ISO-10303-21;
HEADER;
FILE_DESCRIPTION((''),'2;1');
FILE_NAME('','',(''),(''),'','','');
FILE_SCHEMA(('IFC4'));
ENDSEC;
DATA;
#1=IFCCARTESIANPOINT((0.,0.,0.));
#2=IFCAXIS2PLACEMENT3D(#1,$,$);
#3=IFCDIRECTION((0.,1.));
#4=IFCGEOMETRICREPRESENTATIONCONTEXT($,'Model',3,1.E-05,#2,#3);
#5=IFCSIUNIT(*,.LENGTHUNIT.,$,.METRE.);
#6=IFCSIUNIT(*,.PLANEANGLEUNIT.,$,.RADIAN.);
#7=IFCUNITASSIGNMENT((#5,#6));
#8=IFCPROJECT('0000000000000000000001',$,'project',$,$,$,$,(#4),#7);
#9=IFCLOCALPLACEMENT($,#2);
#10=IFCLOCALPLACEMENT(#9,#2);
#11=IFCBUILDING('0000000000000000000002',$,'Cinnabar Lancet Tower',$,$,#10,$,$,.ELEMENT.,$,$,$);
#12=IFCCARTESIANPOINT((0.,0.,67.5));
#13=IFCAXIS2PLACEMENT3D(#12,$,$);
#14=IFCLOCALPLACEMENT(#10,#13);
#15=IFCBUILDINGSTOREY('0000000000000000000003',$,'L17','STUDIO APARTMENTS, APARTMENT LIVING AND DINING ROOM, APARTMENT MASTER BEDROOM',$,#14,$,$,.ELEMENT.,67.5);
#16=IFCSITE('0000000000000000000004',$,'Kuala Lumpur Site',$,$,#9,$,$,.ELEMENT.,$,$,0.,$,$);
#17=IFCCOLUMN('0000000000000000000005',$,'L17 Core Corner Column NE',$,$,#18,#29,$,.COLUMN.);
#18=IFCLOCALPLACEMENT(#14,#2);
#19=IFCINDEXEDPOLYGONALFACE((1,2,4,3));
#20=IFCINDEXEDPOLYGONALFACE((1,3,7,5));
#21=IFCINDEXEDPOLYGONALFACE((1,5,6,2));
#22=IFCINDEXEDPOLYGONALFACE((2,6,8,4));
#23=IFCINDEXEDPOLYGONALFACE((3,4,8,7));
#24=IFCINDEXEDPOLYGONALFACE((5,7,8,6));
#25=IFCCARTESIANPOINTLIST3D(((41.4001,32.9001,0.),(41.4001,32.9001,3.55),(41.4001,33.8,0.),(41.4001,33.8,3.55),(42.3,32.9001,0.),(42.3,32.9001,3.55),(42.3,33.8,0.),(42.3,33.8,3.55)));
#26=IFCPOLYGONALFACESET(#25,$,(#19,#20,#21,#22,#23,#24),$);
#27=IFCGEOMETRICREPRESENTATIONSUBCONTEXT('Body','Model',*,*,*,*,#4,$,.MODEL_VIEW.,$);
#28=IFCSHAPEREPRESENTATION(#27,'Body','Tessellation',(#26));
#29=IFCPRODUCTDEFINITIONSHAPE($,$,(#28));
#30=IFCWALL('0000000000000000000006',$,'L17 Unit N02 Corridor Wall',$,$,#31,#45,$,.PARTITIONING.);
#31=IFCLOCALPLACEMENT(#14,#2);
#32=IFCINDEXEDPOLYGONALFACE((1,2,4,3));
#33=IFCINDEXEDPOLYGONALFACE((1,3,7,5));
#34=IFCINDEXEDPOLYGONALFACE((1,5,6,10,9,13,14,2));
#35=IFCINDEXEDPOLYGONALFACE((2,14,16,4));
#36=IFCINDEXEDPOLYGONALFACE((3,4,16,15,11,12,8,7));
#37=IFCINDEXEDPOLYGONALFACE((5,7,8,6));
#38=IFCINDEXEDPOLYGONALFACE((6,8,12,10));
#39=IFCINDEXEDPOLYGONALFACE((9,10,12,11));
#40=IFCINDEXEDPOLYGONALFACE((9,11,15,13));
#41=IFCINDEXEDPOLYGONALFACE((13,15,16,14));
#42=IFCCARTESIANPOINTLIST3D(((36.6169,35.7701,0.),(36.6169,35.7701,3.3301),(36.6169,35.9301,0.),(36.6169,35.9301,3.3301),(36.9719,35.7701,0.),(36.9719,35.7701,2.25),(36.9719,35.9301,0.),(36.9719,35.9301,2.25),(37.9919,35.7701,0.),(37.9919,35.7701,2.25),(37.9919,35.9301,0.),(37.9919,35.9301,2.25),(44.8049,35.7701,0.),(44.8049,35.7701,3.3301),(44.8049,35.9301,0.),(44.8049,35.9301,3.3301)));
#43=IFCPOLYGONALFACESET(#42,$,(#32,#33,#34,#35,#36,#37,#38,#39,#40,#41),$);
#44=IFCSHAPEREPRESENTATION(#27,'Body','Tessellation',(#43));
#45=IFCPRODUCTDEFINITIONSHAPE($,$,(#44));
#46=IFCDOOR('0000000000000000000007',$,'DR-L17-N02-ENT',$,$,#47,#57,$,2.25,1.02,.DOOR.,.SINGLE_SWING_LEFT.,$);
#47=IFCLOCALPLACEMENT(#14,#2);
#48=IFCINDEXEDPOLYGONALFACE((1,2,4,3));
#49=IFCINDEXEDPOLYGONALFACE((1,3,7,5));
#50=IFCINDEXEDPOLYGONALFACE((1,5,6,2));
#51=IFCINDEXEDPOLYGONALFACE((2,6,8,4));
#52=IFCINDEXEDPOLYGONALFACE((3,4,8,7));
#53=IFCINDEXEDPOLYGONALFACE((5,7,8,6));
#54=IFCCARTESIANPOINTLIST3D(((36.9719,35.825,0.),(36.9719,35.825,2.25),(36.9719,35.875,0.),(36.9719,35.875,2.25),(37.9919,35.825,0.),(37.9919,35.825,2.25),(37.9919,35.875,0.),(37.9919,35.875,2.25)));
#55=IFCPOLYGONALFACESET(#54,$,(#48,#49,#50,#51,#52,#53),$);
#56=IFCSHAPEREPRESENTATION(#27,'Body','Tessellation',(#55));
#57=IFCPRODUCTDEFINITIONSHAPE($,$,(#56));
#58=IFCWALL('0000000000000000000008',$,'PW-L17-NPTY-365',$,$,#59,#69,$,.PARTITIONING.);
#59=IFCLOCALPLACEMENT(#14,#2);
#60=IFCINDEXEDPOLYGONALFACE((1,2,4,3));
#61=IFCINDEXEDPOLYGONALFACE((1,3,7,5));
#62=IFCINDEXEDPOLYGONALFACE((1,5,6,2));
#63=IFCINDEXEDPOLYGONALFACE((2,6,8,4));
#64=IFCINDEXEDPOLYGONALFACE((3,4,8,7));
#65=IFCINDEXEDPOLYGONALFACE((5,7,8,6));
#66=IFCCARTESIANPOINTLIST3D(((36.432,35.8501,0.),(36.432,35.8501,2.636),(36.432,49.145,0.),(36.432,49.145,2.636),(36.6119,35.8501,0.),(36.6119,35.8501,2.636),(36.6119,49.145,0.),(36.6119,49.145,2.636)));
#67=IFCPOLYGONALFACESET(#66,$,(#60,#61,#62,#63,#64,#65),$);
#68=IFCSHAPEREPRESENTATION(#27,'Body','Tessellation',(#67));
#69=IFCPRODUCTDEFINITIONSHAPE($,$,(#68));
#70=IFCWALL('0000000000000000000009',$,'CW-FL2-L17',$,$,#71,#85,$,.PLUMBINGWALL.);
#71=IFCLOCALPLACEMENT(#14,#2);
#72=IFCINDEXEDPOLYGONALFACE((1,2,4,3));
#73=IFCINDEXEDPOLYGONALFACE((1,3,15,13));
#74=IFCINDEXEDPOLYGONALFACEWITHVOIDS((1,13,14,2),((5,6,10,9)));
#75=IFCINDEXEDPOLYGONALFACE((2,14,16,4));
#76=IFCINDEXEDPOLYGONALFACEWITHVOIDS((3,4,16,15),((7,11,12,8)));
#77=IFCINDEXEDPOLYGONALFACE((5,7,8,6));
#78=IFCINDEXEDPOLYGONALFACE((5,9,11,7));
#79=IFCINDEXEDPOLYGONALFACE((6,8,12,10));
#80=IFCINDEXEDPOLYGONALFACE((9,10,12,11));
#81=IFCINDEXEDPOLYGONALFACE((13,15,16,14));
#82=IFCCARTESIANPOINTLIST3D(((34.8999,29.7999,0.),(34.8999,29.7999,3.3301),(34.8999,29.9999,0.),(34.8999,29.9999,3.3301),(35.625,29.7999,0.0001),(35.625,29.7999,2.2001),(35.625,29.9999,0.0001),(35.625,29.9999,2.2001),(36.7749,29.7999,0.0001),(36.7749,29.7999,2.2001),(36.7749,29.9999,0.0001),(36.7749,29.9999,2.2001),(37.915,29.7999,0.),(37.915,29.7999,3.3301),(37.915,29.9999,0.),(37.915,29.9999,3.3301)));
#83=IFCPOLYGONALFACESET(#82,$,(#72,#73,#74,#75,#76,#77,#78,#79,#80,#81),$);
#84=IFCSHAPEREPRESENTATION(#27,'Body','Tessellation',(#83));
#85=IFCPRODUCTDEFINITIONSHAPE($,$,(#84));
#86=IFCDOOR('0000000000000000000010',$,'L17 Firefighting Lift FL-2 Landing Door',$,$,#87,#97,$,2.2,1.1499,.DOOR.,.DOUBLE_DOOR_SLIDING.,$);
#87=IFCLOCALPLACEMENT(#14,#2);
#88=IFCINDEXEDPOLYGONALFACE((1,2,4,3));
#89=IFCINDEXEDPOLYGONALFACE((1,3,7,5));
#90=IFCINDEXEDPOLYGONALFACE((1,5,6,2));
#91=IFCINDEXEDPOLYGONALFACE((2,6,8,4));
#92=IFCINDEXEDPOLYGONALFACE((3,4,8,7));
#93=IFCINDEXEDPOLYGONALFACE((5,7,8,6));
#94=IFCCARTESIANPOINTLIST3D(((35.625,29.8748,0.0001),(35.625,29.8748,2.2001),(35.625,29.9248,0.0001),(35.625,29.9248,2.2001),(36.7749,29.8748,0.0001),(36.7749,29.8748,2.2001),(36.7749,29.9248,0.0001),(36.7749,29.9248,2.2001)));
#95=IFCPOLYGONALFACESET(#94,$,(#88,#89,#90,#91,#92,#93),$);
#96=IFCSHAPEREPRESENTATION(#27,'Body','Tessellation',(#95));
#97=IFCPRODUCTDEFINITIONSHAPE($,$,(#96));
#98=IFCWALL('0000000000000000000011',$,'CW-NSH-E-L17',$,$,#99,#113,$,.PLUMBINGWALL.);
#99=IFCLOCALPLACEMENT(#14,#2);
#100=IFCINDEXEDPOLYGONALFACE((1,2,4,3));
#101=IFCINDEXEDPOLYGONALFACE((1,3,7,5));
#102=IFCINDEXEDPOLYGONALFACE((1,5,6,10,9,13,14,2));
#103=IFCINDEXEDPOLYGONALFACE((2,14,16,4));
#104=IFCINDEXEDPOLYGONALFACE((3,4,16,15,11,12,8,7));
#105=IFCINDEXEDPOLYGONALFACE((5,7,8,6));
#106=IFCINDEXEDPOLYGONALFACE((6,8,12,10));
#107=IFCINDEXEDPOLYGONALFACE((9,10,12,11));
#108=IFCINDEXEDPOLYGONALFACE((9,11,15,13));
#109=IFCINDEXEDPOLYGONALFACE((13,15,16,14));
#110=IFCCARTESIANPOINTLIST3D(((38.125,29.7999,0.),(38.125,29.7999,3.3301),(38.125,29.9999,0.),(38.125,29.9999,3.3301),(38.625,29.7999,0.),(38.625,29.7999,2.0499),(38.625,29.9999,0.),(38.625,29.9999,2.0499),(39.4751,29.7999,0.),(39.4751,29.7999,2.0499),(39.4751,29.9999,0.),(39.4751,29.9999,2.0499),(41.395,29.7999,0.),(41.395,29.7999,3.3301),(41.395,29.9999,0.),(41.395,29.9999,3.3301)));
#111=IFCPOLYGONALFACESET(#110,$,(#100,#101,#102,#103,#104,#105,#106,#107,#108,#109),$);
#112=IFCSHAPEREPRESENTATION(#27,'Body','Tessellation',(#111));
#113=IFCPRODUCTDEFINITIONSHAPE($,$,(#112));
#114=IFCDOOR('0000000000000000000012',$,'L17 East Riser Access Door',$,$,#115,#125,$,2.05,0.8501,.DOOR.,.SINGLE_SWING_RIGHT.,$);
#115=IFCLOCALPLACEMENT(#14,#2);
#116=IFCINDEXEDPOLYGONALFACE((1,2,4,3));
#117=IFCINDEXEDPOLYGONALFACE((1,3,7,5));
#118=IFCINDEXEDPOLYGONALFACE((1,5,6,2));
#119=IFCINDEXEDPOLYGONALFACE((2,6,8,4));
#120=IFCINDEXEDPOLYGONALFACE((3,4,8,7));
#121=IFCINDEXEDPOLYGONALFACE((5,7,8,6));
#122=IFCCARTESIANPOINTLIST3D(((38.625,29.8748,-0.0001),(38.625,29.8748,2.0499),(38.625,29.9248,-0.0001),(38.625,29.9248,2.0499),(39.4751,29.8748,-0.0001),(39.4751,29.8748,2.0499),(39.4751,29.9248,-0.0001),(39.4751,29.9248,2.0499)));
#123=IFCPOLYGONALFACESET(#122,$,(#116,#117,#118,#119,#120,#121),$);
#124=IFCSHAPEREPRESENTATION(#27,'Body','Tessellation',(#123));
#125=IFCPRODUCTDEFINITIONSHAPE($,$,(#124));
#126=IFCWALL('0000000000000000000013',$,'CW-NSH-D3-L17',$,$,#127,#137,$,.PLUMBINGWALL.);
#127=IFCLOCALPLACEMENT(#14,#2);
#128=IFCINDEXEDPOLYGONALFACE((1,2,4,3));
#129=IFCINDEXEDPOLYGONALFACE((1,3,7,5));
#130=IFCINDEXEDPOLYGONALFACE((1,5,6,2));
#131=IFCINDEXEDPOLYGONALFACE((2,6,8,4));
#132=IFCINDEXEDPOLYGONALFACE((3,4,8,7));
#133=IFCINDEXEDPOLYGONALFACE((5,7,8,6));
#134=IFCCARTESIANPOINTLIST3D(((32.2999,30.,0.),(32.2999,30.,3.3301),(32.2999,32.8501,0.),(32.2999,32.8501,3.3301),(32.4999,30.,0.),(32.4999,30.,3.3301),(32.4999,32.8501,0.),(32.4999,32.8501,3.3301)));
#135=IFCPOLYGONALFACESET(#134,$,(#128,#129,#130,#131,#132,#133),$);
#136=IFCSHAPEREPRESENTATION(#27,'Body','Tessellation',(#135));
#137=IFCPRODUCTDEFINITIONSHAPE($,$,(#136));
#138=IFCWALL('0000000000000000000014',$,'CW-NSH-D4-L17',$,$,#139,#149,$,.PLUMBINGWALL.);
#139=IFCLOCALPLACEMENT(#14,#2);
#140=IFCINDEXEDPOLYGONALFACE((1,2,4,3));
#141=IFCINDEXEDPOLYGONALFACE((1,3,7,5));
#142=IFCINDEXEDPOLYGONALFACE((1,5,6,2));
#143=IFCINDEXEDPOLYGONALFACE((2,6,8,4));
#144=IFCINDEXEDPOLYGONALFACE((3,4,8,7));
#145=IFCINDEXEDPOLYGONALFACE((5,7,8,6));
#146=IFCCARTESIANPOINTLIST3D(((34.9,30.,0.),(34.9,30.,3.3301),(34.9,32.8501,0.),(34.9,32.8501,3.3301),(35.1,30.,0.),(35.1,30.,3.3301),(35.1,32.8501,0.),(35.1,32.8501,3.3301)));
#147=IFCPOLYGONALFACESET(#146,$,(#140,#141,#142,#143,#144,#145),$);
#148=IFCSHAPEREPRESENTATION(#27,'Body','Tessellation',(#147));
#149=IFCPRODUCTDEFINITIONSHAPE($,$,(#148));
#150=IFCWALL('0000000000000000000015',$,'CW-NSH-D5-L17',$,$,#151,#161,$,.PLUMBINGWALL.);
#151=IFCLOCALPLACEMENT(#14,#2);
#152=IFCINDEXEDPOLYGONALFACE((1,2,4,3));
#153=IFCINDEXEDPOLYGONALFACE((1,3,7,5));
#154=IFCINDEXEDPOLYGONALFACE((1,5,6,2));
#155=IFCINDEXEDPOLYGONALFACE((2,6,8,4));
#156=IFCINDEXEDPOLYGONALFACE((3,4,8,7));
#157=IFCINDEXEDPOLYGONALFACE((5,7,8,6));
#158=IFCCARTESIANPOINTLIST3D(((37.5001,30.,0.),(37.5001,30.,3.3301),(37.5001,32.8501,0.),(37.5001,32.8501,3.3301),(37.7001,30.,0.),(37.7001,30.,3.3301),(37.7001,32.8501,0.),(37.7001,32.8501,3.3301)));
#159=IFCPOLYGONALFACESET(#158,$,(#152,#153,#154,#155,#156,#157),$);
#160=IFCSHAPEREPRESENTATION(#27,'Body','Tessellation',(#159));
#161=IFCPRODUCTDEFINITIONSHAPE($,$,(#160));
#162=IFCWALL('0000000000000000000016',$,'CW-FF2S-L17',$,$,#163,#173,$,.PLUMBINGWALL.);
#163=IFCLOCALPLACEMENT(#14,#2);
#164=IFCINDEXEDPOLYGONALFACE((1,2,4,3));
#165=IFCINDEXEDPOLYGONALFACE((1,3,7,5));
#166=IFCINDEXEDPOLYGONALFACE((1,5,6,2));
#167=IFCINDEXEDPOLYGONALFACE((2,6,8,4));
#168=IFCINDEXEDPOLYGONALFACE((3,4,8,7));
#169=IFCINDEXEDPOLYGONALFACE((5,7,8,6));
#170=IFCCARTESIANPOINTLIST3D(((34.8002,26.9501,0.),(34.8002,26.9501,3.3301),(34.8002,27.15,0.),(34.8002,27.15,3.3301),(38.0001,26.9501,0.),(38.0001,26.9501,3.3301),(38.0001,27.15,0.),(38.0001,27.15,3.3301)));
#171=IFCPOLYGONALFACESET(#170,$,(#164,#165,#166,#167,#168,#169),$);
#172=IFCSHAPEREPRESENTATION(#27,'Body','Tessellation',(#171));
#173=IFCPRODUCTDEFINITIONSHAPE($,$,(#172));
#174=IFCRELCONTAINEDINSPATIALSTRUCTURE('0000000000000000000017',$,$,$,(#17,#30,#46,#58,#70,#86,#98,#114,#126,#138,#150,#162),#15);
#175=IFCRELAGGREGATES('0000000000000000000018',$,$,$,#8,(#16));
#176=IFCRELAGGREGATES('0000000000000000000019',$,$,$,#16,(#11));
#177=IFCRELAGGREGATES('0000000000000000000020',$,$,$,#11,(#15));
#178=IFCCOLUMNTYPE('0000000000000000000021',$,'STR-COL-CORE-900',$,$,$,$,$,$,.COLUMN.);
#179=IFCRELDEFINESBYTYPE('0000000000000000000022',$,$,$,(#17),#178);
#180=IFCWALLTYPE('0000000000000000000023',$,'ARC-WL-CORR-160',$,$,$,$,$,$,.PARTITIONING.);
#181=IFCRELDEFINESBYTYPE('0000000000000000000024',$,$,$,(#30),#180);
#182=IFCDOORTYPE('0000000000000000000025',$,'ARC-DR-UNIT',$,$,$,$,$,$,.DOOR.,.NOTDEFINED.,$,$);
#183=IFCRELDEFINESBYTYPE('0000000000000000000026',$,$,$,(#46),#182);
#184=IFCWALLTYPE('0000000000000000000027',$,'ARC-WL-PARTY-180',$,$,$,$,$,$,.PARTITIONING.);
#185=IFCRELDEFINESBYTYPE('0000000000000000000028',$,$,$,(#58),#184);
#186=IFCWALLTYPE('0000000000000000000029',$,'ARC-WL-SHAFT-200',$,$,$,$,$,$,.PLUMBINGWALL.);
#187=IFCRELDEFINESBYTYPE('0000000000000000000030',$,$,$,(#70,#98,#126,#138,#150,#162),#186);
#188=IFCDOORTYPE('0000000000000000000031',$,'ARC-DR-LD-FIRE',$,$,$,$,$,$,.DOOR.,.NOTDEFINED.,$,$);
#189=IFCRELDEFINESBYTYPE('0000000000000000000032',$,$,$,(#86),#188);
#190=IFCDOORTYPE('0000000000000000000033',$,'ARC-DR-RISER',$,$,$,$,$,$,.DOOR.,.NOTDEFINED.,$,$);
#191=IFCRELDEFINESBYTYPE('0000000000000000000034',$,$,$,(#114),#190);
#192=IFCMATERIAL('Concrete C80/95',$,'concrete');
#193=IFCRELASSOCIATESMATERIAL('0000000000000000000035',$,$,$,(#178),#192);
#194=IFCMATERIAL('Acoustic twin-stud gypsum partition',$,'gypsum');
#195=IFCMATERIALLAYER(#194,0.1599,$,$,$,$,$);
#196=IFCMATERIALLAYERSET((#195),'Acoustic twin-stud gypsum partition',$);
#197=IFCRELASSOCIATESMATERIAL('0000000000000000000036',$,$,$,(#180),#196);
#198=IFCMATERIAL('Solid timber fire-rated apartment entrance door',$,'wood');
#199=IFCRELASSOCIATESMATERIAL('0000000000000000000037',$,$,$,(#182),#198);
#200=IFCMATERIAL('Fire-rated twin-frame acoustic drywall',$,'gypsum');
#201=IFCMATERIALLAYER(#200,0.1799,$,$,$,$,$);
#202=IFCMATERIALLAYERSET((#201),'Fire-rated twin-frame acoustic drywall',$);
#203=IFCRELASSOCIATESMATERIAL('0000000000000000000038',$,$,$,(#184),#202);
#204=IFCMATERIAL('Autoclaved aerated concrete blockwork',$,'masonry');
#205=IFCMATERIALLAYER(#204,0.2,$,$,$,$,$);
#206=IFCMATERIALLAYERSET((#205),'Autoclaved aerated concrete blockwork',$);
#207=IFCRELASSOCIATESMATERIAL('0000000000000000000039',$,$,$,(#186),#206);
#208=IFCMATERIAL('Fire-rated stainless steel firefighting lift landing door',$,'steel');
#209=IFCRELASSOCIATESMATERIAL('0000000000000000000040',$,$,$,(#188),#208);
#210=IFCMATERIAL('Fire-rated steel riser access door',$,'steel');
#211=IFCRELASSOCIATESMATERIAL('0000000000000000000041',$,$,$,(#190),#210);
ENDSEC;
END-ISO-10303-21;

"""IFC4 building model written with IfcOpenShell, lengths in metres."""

from ifc_helpers import new_model, si_unit, direction, frame, frame_2d, origin, origin_2d, place, context, subcontext, project, spatial, rectangle, extrude, material, layer, layer_set, material_profile, profile_set, type_object, element, fill, save


model = new_model("IFC4")

# Units and contexts
model_context = context("Model", 3, precision=1e-05, world=origin(), true_north=direction((0.0, 1.0)))
body_context = subcontext(model_context, "Body", "Model", "MODEL_VIEW")
ifc_project = project(units=[si_unit("LENGTHUNIT", "METRE"), si_unit("PLANEANGLEUNIT", "RADIAN")], contexts=[model_context])

# Site, building, storey
site_placement = place(None, origin())
site = spatial("IfcSite", under=ifc_project, at=site_placement, Name="Kuala Lumpur Site", CompositionType="ELEMENT", RefElevation=0.0)
building_placement = place(site_placement, origin())
building = spatial("IfcBuilding", under=site, at=building_placement, Name="Cinnabar Lancet Tower", CompositionType="ELEMENT")
storey_placement = place(building_placement, frame((0.0, 0.0, 67.5)))
storey = spatial("IfcBuildingStorey", under=building, at=storey_placement, Name="L17", Description="STUDIO APARTMENTS, APARTMENT LIVING AND DINING ROOM, APARTMENT MASTER BEDROOM", CompositionType="ELEMENT", Elevation=67.5)

# Column
ifc_material_1 = material(Name="Concrete C80/95", Category="concrete")
ifc_material_profile = material_profile(ifc_material_1, rectangle(XDim=0.8999, YDim=0.8999, at=origin_2d()), Name="RC-COL 900x900")
ifc_profile_set = profile_set([ifc_material_profile], Name="Concrete C80/95")
column_type = type_object("IfcColumnType", Name="STR-COL-CORE-900", PredefinedType="COLUMN", material=ifc_profile_set)
column_placement = place(storey_placement, frame((41.8501, 33.3501, 0.0), z_axis=(0.0, 0.0, 1.0), x_axis=(1.0, 0.0, 0.0)))
element("IfcColumn", 1, at=column_placement, inside=storey, type_object=column_type, Name="L17 Core Corner Column NE", PredefinedType="COLUMN", context=body_context, shape_type="SweptSolid", body=[
    extrude(rectangle(XDim=0.8999, YDim=0.8999, at=origin_2d()), origin(), (0.0, 0.0, 1.0), 3.55),
])

# Wall, opening, door
ifc_material_2 = material(Name="Acoustic twin-stud gypsum partition", Category="gypsum")
ifc_layer_1 = layer(ifc_material_2, 0.1599)
ifc_layer_set_1 = layer_set([ifc_layer_1], Name="Acoustic twin-stud gypsum partition")
wall_type_1 = type_object("IfcWallType", Name="ARC-WL-CORR-160", PredefinedType="PARTITIONING", material=ifc_layer_set_1)
wall_1_placement = place(storey_placement, frame((36.6169, 35.8501, 0.0), z_axis=(0.0, 0.0, 1.0), x_axis=(1.0, 0.0, 0.0)))
wall_1 = element("IfcWall", 2, at=wall_1_placement, inside=storey, type_object=wall_type_1, Name="L17 Unit N02 Corridor Wall", PredefinedType="PARTITIONING", context=body_context, shape_type="SweptSolid", body=[
    extrude(rectangle(XDim=8.188, YDim=0.1599, at=frame_2d((4.094, 0.0))), origin(), (0.0, 0.0, 1.0), 3.3301),
])
opening_1_placement = place(wall_1_placement, frame((0.355, 0.0, 0.0)))
opening_1 = element("IfcOpeningElement", 3, at=opening_1_placement, cuts=wall_1, PredefinedType="OPENING", context=body_context, shape_type="SweptSolid", body=[
    extrude(rectangle(XDim=1.02, YDim=2.25, at=frame_2d((0.51, 1.125))), frame((0.0, 0.0898, 0.0), z_axis=(0.0, -1.0, 0.0), x_axis=(1.0, 0.0, 0.0)), (0.0, 0.0, 1.0), 0.1799),
])
ifc_material_3 = material(Name="Solid timber fire-rated apartment entrance door", Category="wood")
door_type_1 = type_object("IfcDoorType", Name="ARC-DR-UNIT", OperationType="NOTDEFINED", PredefinedType="DOOR", material=ifc_material_3)
door_1_placement = place(opening_1_placement, origin())
door_1 = element("IfcDoor", 4, at=door_1_placement, inside=storey, type_object=door_type_1, Name="DR-L17-N02-ENT", OperationType="SINGLE_SWING_LEFT", OverallHeight=2.25, OverallWidth=1.02, PredefinedType="DOOR", context=body_context, shape_type="SweptSolid", body=[
    extrude(rectangle(XDim=1.02, YDim=2.25, at=frame_2d((0.51, 1.125))), frame((0.0, 0.0249, 0.0), z_axis=(0.0, -1.0, 0.0), x_axis=(1.0, 0.0, 0.0)), (0.0, 0.0, 1.0), 0.05),
])
fill(opening_1, door_1)

# Wall
ifc_material_4 = material(Name="Fire-rated twin-frame acoustic drywall", Category="gypsum")
ifc_layer_2 = layer(ifc_material_4, 0.1799)
ifc_layer_set_2 = layer_set([ifc_layer_2], Name="Fire-rated twin-frame acoustic drywall")
wall_type_2 = type_object("IfcWallType", Name="ARC-WL-PARTY-180", PredefinedType="PARTITIONING", material=ifc_layer_set_2)
wall_2_placement = place(storey_placement, frame((36.522, 35.8501, 0.0), z_axis=(0.0, 0.0, 1.0), x_axis=(0.0, 1.0, 0.0)))
element("IfcWall", 5, at=wall_2_placement, inside=storey, type_object=wall_type_2, Name="PW-L17-NPTY-365", PredefinedType="PARTITIONING", context=body_context, shape_type="SweptSolid", body=[
    extrude(rectangle(XDim=13.2949, YDim=0.1799, at=frame_2d((6.6475, 0.0))), origin(), (0.0, 0.0, 1.0), 2.636),
])

# Walls, openings, doors
ifc_material_5 = material(Name="Autoclaved aerated concrete blockwork", Category="masonry")
ifc_layer_3 = layer(ifc_material_5, 0.2)
ifc_layer_set_3 = layer_set([ifc_layer_3], Name="Autoclaved aerated concrete blockwork")
wall_type_3 = type_object("IfcWallType", Name="ARC-WL-SHAFT-200", PredefinedType="PLUMBINGWALL", material=ifc_layer_set_3)
wall_3_placement = place(storey_placement, frame((34.8999, 29.8999, 0.0), z_axis=(0.0, 0.0, 1.0), x_axis=(1.0, 0.0, 0.0)))
wall_3 = element("IfcWall", 6, at=wall_3_placement, inside=storey, type_object=wall_type_3, Name="CW-FL2-L17", PredefinedType="PLUMBINGWALL", context=body_context, shape_type="SweptSolid", body=[
    extrude(rectangle(XDim=3.0151, YDim=0.2, at=frame_2d((1.5076, 0.0))), origin(), (0.0, 0.0, 1.0), 3.3301),
])
opening_2_placement = place(wall_3_placement, frame((0.7251, 0.0, 0.0)))
opening_2 = element("IfcOpeningElement", 7, at=opening_2_placement, cuts=wall_3, PredefinedType="OPENING", context=body_context, shape_type="SweptSolid", body=[
    extrude(rectangle(XDim=1.1499, YDim=2.2, at=frame_2d((0.575, 1.1001))), frame((0.0, 0.1099, 0.0), z_axis=(0.0, -1.0, 0.0), x_axis=(1.0, 0.0, 0.0)), (0.0, 0.0, 1.0), 0.22),
])
ifc_material_6 = material(Name="Fire-rated stainless steel firefighting lift landing door", Category="steel")
door_type_2 = type_object("IfcDoorType", Name="ARC-DR-LD-FIRE", OperationType="NOTDEFINED", PredefinedType="DOOR", material=ifc_material_6)
door_2_placement = place(opening_2_placement, origin())
door_2 = element("IfcDoor", 8, at=door_2_placement, inside=storey, type_object=door_type_2, Name="L17 Firefighting Lift FL-2 Landing Door", OperationType="DOUBLE_DOOR_SLIDING", OverallHeight=2.2, OverallWidth=1.1499, PredefinedType="DOOR", context=body_context, shape_type="SweptSolid", body=[
    extrude(rectangle(XDim=1.1499, YDim=2.2, at=frame_2d((0.575, 1.1001))), frame((0.0, 0.0249, 0.0), z_axis=(0.0, -1.0, 0.0), x_axis=(1.0, 0.0, 0.0)), (0.0, 0.0, 1.0), 0.05),
])
fill(opening_2, door_2)
wall_4_placement = place(storey_placement, frame((38.125, 29.8999, 0.0), z_axis=(0.0, 0.0, 1.0), x_axis=(1.0, 0.0, 0.0)))
wall_4 = element("IfcWall", 9, at=wall_4_placement, inside=storey, type_object=wall_type_3, Name="CW-NSH-E-L17", PredefinedType="PLUMBINGWALL", context=body_context, shape_type="SweptSolid", body=[
    extrude(rectangle(XDim=3.27, YDim=0.2, at=frame_2d((1.635, 0.0))), origin(), (0.0, 0.0, 1.0), 3.3301),
])
opening_3_placement = place(wall_4_placement, frame((0.5, 0.0, 0.0)))
opening_3 = element("IfcOpeningElement", 10, at=opening_3_placement, cuts=wall_4, PredefinedType="OPENING", context=body_context, shape_type="SweptSolid", body=[
    extrude(rectangle(XDim=0.8501, YDim=2.05, at=frame_2d((0.425, 1.0249))), frame((0.0, 0.1099, 0.0), z_axis=(0.0, -1.0, 0.0), x_axis=(1.0, 0.0, 0.0)), (0.0, 0.0, 1.0), 0.22),
])
ifc_material_7 = material(Name="Fire-rated steel riser access door", Category="steel")
door_type_3 = type_object("IfcDoorType", Name="ARC-DR-RISER", OperationType="NOTDEFINED", PredefinedType="DOOR", material=ifc_material_7)
door_3_placement = place(opening_3_placement, origin())
door_3 = element("IfcDoor", 11, at=door_3_placement, inside=storey, type_object=door_type_3, Name="L17 East Riser Access Door", OperationType="SINGLE_SWING_RIGHT", OverallHeight=2.05, OverallWidth=0.8501, PredefinedType="DOOR", context=body_context, shape_type="SweptSolid", body=[
    extrude(rectangle(XDim=0.8501, YDim=2.05, at=frame_2d((0.425, 1.0249))), frame((0.0, 0.0249, 0.0), z_axis=(0.0, -1.0, 0.0), x_axis=(1.0, 0.0, 0.0)), (0.0, 0.0, 1.0), 0.05),
])
fill(opening_3, door_3)

# Walls
for number, where, z_axis, x_axis, name in (
    (12, (32.3999, 30.0, 0.0), (0.0, 0.0, 1.0), (0.0, 1.0, 0.0), "CW-NSH-D3-L17"),
    (13, (35.0, 30.0, 0.0), (0.0, 0.0, 1.0), (0.0, 1.0, 0.0), "CW-NSH-D4-L17"),
    (14, (37.6001, 30.0, 0.0), (0.0, 0.0, 1.0), (0.0, 1.0, 0.0), "CW-NSH-D5-L17"),
):
    element("IfcWall", number, at=place(storey_placement, frame(where, z_axis=z_axis, x_axis=x_axis)), inside=storey, type_object=wall_type_3, Name=name, PredefinedType="PLUMBINGWALL", context=body_context, shape_type="SweptSolid", body=[
        extrude(rectangle(XDim=2.8501, YDim=0.2, at=frame_2d((1.425, 0.0))), origin(), (0.0, 0.0, 1.0), 3.3301),
    ])

# Wall
wall_5_placement = place(storey_placement, frame((34.8, 27.05, 0.0), z_axis=(0.0, 0.0, 1.0), x_axis=(1.0, 0.0, 0.0)))
element("IfcWall", 15, at=wall_5_placement, inside=storey, type_object=wall_type_3, Name="CW-FF2S-L17", PredefinedType="PLUMBINGWALL", context=body_context, shape_type="SweptSolid", body=[
    extrude(rectangle(XDim=3.2, YDim=0.2, at=frame_2d((1.6001, 0.0))), origin(), (0.0, 0.0, 1.0), 3.3301),
])

save(model, "model.ifc")
